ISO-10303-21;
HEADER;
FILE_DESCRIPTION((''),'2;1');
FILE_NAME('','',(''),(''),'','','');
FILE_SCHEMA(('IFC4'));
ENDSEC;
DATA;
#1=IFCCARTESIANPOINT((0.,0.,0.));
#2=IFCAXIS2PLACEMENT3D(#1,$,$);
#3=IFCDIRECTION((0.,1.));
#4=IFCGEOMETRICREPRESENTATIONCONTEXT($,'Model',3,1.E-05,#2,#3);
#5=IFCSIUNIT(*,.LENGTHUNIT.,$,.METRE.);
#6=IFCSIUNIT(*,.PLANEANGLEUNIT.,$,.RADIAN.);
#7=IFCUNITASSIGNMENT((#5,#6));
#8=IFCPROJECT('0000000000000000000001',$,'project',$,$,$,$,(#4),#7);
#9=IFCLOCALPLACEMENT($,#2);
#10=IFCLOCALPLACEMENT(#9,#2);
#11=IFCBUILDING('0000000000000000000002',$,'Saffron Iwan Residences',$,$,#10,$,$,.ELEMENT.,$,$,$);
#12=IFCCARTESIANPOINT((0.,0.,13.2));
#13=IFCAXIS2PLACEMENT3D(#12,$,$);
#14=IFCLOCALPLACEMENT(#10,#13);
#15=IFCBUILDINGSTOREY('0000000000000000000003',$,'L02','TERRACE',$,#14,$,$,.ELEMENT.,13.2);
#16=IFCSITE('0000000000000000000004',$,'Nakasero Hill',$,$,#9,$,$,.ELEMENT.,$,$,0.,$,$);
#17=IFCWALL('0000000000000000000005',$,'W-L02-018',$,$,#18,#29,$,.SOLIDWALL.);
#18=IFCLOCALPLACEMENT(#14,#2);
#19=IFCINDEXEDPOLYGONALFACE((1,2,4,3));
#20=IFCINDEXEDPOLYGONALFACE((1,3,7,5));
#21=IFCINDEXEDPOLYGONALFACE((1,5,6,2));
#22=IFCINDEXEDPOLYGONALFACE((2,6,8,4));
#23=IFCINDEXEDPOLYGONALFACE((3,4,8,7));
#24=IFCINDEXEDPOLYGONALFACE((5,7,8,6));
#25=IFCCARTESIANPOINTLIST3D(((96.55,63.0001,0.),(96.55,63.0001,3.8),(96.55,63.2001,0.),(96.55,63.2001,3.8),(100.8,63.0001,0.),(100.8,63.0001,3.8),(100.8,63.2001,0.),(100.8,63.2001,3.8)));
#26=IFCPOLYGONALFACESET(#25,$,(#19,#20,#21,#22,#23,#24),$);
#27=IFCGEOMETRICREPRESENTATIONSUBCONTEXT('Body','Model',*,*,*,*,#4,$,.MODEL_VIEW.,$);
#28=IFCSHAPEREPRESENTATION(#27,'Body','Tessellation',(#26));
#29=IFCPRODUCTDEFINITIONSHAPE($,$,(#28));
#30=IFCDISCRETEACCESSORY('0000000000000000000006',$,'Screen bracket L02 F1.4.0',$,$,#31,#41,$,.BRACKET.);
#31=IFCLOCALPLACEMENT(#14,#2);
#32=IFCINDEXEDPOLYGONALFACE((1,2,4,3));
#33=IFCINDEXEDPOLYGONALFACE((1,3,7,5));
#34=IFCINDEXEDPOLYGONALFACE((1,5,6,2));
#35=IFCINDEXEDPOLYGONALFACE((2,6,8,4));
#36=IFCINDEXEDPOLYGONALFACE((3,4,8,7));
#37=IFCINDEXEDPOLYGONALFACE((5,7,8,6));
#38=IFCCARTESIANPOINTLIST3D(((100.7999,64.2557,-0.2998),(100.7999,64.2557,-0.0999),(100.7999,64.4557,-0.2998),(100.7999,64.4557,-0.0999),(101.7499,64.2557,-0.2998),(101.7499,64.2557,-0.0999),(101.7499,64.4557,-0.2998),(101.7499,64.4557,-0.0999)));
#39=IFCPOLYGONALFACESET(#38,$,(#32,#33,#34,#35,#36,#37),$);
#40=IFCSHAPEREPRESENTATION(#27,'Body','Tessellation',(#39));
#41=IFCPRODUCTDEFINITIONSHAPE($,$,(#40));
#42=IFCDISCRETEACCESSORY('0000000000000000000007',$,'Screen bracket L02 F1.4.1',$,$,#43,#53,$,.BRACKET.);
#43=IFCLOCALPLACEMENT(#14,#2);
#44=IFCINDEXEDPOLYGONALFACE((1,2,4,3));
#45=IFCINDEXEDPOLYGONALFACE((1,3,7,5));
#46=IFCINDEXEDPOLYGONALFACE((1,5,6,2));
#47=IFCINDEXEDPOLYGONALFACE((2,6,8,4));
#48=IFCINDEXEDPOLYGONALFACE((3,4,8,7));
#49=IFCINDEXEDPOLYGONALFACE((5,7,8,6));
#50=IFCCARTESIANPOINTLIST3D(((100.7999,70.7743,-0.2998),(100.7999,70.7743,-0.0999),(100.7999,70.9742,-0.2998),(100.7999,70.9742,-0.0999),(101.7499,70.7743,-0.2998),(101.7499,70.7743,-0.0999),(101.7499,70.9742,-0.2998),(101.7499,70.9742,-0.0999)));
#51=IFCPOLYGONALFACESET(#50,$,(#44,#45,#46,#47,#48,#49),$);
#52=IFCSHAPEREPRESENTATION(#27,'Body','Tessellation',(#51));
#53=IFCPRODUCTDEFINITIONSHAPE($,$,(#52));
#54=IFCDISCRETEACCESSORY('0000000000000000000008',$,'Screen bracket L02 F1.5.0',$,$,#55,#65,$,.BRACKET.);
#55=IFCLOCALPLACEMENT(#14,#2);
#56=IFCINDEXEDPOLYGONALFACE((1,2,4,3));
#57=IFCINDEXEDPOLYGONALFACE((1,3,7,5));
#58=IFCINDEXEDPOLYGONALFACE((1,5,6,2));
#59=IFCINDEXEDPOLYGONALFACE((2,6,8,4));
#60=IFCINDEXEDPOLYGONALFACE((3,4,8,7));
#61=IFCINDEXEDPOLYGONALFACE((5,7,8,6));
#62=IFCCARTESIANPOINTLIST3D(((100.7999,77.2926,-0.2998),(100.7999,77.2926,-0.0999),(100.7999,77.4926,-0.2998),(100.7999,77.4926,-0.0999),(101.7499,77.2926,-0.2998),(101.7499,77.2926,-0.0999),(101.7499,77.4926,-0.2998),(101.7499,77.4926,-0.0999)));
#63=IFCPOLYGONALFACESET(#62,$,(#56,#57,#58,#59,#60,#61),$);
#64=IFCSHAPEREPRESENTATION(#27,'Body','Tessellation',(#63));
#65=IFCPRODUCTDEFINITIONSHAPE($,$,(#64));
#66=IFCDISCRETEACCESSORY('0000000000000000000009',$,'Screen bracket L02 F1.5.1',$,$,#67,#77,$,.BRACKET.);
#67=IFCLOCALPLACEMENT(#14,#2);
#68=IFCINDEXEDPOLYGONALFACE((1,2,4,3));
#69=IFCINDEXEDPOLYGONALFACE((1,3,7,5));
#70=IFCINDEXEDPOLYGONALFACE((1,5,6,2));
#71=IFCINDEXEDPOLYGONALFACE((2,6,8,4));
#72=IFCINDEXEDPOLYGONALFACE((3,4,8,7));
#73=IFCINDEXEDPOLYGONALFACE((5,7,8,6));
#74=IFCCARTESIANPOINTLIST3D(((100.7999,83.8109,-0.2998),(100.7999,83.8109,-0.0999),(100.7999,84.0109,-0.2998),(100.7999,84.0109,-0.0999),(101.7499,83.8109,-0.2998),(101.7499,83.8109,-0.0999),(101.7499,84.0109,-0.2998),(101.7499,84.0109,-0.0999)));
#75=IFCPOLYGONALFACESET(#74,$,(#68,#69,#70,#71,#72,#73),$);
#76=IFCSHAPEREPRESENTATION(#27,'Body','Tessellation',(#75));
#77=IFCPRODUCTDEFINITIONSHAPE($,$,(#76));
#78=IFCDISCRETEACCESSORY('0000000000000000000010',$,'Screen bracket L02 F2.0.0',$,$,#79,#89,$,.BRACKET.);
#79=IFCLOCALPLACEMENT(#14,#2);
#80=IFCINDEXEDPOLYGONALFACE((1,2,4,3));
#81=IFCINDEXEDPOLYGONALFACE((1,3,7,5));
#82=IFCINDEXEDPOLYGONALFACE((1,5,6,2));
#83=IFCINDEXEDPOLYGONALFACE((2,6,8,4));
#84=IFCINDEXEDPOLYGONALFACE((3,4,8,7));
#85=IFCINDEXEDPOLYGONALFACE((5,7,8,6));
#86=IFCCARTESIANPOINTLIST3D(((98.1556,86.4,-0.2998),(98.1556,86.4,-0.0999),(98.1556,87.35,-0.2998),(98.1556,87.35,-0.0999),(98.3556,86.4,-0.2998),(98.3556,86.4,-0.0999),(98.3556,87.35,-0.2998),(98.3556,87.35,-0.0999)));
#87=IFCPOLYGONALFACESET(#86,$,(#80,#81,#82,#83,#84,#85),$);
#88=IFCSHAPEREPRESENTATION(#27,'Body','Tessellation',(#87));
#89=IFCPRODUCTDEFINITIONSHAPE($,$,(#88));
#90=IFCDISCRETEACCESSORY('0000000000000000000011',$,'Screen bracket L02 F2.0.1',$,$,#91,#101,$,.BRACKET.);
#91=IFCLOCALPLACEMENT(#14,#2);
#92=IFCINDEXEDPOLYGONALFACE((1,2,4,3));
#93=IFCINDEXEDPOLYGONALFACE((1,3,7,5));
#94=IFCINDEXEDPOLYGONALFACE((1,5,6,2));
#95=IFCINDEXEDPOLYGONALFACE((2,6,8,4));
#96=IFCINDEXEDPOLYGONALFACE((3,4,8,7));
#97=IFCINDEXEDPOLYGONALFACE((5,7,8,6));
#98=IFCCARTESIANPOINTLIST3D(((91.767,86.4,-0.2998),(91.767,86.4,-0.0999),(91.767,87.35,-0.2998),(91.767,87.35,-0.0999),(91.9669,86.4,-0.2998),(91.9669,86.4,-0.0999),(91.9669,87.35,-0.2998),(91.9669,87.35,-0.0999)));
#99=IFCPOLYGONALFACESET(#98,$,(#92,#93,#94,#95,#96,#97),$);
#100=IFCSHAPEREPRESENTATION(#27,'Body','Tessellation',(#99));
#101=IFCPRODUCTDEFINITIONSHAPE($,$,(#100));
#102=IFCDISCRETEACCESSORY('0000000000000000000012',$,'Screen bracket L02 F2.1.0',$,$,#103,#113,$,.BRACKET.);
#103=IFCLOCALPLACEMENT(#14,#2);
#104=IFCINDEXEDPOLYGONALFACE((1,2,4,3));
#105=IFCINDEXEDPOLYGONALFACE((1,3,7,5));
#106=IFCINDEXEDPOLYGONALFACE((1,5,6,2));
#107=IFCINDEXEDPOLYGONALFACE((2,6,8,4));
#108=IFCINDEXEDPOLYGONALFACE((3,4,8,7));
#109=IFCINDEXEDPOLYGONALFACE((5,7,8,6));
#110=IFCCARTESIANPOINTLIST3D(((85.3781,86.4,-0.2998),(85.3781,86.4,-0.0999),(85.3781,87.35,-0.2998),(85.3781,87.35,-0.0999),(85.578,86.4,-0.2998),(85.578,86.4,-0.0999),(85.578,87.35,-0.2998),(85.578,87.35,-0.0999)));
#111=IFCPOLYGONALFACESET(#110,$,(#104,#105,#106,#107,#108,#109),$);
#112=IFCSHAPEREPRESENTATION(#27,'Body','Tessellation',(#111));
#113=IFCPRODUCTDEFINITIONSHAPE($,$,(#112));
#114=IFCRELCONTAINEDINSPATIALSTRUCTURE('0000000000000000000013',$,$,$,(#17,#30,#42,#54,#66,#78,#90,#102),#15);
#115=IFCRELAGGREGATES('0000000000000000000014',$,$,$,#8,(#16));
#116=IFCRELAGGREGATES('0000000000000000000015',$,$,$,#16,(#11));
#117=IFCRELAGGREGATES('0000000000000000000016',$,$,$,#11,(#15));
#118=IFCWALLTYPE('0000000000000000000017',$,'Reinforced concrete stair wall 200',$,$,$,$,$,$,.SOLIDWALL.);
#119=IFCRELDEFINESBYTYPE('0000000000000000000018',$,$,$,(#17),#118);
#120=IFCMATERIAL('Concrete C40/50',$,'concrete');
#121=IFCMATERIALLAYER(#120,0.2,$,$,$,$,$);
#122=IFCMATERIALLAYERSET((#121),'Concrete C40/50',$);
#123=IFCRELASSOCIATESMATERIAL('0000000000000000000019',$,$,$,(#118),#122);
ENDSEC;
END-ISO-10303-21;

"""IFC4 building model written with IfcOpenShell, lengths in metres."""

from ifc_helpers import new_model, si_unit, direction, frame, frame_2d, origin, origin_2d, place, context, subcontext, project, spatial, rectangle, extrude, source, transform, mapped, material, layer, layer_set, type_object, element, save


model = new_model("IFC4")

# Units and contexts
model_context = context("Model", 3, precision=1e-05, world=origin(), true_north=direction((0.0, 1.0)))
body_context = subcontext(model_context, "Body", "Model", "MODEL_VIEW")
ifc_project = project(units=[si_unit("LENGTHUNIT", "METRE"), si_unit("PLANEANGLEUNIT", "RADIAN")], contexts=[model_context])

# Site, building, storey
site_placement = place(None, origin())
site = spatial("IfcSite", under=ifc_project, at=site_placement, Name="Nakasero Hill", CompositionType="ELEMENT", RefElevation=0.0)
building_placement = place(site_placement, origin())
building = spatial("IfcBuilding", under=site, at=building_placement, Name="Saffron Iwan Residences", CompositionType="ELEMENT")
storey_placement = place(building_placement, frame((0.0, 0.0, 13.2)))
storey = spatial("IfcBuildingStorey", under=building, at=storey_placement, Name="L02", Description="TERRACE", CompositionType="ELEMENT", Elevation=13.2)

# Shared definitions
ifc_material_1 = material(Name="Concrete C40/50", Category="concrete")

# Wall
ifc_layer_1 = layer(ifc_material_1, 0.2)
ifc_layer_set_1 = layer_set([ifc_layer_1], Name="Concrete C40/50")
wall_type_1 = type_object("IfcWallType", Name="Reinforced concrete stair wall 200", PredefinedType="SOLIDWALL", material=ifc_layer_set_1)
wall_1_placement = place(storey_placement, frame((96.55, 63.1001, 0.0), z_axis=(0.0, 0.0, 1.0), x_axis=(1.0, 0.0, 0.0)))
element("IfcWall", 1, at=wall_1_placement, inside=storey, type_object=wall_type_1, Name="W-L02-018", PredefinedType="SOLIDWALL", context=body_context, shape_type="SweptSolid", body=[
    extrude(rectangle(XDim=4.25, YDim=0.2, at=frame_2d((2.125, 0.0))), origin(), (0.0, 0.0, 1.0), 3.8),
])

# Discrete accessories
shared_shape_1 = source(origin(), body_context, "Body", "SweptSolid", [
    extrude(rectangle(XDim=0.95, YDim=0.2, at=origin_2d()), origin(), (0.0, 0.0, 1.0), 0.2),
])
for number, where, z_axis, x_axis, name in (
    (2, (101.2749, 64.3557, -0.2998), (0.0, 0.0, 1.0), (1.0, 0.0, 0.0), "Screen bracket L02 F1.4.0"),
    (3, (101.2749, 70.8743, -0.2998), (0.0, 0.0, 1.0), (1.0, 0.0, 0.0), "Screen bracket L02 F1.4.1"),
    (4, (101.2749, 77.3926, -0.2998), (0.0, 0.0, 1.0), (1.0, 0.0, 0.0), "Screen bracket L02 F1.5.0"),
    (5, (101.2749, 83.9109, -0.2998), (0.0, 0.0, 1.0), (1.0, 0.0, 0.0), "Screen bracket L02 F1.5.1"),
    (6, (98.2556, 86.875, -0.2998), (0.0, 0.0, 1.0), (0.0, 1.0, 0.0), "Screen bracket L02 F2.0.0"),
    (7, (91.8669, 86.875, -0.2998), (0.0, 0.0, 1.0), (0.0, 1.0, 0.0), "Screen bracket L02 F2.0.1"),
    (8, (85.478, 86.875, -0.2998), (0.0, 0.0, 1.0), (0.0, 1.0, 0.0), "Screen bracket L02 F2.1.0"),
):
    element("IfcDiscreteAccessory", number, at=place(storey_placement, frame(where, z_axis=z_axis, x_axis=x_axis)), inside=storey, Name=name, PredefinedType="BRACKET", context=body_context, shape_type="MappedRepresentation", body=[
        mapped(shared_shape_1, transform((0.0, 0.0, 0.0))),
    ])

save(model, "model.ifc")
